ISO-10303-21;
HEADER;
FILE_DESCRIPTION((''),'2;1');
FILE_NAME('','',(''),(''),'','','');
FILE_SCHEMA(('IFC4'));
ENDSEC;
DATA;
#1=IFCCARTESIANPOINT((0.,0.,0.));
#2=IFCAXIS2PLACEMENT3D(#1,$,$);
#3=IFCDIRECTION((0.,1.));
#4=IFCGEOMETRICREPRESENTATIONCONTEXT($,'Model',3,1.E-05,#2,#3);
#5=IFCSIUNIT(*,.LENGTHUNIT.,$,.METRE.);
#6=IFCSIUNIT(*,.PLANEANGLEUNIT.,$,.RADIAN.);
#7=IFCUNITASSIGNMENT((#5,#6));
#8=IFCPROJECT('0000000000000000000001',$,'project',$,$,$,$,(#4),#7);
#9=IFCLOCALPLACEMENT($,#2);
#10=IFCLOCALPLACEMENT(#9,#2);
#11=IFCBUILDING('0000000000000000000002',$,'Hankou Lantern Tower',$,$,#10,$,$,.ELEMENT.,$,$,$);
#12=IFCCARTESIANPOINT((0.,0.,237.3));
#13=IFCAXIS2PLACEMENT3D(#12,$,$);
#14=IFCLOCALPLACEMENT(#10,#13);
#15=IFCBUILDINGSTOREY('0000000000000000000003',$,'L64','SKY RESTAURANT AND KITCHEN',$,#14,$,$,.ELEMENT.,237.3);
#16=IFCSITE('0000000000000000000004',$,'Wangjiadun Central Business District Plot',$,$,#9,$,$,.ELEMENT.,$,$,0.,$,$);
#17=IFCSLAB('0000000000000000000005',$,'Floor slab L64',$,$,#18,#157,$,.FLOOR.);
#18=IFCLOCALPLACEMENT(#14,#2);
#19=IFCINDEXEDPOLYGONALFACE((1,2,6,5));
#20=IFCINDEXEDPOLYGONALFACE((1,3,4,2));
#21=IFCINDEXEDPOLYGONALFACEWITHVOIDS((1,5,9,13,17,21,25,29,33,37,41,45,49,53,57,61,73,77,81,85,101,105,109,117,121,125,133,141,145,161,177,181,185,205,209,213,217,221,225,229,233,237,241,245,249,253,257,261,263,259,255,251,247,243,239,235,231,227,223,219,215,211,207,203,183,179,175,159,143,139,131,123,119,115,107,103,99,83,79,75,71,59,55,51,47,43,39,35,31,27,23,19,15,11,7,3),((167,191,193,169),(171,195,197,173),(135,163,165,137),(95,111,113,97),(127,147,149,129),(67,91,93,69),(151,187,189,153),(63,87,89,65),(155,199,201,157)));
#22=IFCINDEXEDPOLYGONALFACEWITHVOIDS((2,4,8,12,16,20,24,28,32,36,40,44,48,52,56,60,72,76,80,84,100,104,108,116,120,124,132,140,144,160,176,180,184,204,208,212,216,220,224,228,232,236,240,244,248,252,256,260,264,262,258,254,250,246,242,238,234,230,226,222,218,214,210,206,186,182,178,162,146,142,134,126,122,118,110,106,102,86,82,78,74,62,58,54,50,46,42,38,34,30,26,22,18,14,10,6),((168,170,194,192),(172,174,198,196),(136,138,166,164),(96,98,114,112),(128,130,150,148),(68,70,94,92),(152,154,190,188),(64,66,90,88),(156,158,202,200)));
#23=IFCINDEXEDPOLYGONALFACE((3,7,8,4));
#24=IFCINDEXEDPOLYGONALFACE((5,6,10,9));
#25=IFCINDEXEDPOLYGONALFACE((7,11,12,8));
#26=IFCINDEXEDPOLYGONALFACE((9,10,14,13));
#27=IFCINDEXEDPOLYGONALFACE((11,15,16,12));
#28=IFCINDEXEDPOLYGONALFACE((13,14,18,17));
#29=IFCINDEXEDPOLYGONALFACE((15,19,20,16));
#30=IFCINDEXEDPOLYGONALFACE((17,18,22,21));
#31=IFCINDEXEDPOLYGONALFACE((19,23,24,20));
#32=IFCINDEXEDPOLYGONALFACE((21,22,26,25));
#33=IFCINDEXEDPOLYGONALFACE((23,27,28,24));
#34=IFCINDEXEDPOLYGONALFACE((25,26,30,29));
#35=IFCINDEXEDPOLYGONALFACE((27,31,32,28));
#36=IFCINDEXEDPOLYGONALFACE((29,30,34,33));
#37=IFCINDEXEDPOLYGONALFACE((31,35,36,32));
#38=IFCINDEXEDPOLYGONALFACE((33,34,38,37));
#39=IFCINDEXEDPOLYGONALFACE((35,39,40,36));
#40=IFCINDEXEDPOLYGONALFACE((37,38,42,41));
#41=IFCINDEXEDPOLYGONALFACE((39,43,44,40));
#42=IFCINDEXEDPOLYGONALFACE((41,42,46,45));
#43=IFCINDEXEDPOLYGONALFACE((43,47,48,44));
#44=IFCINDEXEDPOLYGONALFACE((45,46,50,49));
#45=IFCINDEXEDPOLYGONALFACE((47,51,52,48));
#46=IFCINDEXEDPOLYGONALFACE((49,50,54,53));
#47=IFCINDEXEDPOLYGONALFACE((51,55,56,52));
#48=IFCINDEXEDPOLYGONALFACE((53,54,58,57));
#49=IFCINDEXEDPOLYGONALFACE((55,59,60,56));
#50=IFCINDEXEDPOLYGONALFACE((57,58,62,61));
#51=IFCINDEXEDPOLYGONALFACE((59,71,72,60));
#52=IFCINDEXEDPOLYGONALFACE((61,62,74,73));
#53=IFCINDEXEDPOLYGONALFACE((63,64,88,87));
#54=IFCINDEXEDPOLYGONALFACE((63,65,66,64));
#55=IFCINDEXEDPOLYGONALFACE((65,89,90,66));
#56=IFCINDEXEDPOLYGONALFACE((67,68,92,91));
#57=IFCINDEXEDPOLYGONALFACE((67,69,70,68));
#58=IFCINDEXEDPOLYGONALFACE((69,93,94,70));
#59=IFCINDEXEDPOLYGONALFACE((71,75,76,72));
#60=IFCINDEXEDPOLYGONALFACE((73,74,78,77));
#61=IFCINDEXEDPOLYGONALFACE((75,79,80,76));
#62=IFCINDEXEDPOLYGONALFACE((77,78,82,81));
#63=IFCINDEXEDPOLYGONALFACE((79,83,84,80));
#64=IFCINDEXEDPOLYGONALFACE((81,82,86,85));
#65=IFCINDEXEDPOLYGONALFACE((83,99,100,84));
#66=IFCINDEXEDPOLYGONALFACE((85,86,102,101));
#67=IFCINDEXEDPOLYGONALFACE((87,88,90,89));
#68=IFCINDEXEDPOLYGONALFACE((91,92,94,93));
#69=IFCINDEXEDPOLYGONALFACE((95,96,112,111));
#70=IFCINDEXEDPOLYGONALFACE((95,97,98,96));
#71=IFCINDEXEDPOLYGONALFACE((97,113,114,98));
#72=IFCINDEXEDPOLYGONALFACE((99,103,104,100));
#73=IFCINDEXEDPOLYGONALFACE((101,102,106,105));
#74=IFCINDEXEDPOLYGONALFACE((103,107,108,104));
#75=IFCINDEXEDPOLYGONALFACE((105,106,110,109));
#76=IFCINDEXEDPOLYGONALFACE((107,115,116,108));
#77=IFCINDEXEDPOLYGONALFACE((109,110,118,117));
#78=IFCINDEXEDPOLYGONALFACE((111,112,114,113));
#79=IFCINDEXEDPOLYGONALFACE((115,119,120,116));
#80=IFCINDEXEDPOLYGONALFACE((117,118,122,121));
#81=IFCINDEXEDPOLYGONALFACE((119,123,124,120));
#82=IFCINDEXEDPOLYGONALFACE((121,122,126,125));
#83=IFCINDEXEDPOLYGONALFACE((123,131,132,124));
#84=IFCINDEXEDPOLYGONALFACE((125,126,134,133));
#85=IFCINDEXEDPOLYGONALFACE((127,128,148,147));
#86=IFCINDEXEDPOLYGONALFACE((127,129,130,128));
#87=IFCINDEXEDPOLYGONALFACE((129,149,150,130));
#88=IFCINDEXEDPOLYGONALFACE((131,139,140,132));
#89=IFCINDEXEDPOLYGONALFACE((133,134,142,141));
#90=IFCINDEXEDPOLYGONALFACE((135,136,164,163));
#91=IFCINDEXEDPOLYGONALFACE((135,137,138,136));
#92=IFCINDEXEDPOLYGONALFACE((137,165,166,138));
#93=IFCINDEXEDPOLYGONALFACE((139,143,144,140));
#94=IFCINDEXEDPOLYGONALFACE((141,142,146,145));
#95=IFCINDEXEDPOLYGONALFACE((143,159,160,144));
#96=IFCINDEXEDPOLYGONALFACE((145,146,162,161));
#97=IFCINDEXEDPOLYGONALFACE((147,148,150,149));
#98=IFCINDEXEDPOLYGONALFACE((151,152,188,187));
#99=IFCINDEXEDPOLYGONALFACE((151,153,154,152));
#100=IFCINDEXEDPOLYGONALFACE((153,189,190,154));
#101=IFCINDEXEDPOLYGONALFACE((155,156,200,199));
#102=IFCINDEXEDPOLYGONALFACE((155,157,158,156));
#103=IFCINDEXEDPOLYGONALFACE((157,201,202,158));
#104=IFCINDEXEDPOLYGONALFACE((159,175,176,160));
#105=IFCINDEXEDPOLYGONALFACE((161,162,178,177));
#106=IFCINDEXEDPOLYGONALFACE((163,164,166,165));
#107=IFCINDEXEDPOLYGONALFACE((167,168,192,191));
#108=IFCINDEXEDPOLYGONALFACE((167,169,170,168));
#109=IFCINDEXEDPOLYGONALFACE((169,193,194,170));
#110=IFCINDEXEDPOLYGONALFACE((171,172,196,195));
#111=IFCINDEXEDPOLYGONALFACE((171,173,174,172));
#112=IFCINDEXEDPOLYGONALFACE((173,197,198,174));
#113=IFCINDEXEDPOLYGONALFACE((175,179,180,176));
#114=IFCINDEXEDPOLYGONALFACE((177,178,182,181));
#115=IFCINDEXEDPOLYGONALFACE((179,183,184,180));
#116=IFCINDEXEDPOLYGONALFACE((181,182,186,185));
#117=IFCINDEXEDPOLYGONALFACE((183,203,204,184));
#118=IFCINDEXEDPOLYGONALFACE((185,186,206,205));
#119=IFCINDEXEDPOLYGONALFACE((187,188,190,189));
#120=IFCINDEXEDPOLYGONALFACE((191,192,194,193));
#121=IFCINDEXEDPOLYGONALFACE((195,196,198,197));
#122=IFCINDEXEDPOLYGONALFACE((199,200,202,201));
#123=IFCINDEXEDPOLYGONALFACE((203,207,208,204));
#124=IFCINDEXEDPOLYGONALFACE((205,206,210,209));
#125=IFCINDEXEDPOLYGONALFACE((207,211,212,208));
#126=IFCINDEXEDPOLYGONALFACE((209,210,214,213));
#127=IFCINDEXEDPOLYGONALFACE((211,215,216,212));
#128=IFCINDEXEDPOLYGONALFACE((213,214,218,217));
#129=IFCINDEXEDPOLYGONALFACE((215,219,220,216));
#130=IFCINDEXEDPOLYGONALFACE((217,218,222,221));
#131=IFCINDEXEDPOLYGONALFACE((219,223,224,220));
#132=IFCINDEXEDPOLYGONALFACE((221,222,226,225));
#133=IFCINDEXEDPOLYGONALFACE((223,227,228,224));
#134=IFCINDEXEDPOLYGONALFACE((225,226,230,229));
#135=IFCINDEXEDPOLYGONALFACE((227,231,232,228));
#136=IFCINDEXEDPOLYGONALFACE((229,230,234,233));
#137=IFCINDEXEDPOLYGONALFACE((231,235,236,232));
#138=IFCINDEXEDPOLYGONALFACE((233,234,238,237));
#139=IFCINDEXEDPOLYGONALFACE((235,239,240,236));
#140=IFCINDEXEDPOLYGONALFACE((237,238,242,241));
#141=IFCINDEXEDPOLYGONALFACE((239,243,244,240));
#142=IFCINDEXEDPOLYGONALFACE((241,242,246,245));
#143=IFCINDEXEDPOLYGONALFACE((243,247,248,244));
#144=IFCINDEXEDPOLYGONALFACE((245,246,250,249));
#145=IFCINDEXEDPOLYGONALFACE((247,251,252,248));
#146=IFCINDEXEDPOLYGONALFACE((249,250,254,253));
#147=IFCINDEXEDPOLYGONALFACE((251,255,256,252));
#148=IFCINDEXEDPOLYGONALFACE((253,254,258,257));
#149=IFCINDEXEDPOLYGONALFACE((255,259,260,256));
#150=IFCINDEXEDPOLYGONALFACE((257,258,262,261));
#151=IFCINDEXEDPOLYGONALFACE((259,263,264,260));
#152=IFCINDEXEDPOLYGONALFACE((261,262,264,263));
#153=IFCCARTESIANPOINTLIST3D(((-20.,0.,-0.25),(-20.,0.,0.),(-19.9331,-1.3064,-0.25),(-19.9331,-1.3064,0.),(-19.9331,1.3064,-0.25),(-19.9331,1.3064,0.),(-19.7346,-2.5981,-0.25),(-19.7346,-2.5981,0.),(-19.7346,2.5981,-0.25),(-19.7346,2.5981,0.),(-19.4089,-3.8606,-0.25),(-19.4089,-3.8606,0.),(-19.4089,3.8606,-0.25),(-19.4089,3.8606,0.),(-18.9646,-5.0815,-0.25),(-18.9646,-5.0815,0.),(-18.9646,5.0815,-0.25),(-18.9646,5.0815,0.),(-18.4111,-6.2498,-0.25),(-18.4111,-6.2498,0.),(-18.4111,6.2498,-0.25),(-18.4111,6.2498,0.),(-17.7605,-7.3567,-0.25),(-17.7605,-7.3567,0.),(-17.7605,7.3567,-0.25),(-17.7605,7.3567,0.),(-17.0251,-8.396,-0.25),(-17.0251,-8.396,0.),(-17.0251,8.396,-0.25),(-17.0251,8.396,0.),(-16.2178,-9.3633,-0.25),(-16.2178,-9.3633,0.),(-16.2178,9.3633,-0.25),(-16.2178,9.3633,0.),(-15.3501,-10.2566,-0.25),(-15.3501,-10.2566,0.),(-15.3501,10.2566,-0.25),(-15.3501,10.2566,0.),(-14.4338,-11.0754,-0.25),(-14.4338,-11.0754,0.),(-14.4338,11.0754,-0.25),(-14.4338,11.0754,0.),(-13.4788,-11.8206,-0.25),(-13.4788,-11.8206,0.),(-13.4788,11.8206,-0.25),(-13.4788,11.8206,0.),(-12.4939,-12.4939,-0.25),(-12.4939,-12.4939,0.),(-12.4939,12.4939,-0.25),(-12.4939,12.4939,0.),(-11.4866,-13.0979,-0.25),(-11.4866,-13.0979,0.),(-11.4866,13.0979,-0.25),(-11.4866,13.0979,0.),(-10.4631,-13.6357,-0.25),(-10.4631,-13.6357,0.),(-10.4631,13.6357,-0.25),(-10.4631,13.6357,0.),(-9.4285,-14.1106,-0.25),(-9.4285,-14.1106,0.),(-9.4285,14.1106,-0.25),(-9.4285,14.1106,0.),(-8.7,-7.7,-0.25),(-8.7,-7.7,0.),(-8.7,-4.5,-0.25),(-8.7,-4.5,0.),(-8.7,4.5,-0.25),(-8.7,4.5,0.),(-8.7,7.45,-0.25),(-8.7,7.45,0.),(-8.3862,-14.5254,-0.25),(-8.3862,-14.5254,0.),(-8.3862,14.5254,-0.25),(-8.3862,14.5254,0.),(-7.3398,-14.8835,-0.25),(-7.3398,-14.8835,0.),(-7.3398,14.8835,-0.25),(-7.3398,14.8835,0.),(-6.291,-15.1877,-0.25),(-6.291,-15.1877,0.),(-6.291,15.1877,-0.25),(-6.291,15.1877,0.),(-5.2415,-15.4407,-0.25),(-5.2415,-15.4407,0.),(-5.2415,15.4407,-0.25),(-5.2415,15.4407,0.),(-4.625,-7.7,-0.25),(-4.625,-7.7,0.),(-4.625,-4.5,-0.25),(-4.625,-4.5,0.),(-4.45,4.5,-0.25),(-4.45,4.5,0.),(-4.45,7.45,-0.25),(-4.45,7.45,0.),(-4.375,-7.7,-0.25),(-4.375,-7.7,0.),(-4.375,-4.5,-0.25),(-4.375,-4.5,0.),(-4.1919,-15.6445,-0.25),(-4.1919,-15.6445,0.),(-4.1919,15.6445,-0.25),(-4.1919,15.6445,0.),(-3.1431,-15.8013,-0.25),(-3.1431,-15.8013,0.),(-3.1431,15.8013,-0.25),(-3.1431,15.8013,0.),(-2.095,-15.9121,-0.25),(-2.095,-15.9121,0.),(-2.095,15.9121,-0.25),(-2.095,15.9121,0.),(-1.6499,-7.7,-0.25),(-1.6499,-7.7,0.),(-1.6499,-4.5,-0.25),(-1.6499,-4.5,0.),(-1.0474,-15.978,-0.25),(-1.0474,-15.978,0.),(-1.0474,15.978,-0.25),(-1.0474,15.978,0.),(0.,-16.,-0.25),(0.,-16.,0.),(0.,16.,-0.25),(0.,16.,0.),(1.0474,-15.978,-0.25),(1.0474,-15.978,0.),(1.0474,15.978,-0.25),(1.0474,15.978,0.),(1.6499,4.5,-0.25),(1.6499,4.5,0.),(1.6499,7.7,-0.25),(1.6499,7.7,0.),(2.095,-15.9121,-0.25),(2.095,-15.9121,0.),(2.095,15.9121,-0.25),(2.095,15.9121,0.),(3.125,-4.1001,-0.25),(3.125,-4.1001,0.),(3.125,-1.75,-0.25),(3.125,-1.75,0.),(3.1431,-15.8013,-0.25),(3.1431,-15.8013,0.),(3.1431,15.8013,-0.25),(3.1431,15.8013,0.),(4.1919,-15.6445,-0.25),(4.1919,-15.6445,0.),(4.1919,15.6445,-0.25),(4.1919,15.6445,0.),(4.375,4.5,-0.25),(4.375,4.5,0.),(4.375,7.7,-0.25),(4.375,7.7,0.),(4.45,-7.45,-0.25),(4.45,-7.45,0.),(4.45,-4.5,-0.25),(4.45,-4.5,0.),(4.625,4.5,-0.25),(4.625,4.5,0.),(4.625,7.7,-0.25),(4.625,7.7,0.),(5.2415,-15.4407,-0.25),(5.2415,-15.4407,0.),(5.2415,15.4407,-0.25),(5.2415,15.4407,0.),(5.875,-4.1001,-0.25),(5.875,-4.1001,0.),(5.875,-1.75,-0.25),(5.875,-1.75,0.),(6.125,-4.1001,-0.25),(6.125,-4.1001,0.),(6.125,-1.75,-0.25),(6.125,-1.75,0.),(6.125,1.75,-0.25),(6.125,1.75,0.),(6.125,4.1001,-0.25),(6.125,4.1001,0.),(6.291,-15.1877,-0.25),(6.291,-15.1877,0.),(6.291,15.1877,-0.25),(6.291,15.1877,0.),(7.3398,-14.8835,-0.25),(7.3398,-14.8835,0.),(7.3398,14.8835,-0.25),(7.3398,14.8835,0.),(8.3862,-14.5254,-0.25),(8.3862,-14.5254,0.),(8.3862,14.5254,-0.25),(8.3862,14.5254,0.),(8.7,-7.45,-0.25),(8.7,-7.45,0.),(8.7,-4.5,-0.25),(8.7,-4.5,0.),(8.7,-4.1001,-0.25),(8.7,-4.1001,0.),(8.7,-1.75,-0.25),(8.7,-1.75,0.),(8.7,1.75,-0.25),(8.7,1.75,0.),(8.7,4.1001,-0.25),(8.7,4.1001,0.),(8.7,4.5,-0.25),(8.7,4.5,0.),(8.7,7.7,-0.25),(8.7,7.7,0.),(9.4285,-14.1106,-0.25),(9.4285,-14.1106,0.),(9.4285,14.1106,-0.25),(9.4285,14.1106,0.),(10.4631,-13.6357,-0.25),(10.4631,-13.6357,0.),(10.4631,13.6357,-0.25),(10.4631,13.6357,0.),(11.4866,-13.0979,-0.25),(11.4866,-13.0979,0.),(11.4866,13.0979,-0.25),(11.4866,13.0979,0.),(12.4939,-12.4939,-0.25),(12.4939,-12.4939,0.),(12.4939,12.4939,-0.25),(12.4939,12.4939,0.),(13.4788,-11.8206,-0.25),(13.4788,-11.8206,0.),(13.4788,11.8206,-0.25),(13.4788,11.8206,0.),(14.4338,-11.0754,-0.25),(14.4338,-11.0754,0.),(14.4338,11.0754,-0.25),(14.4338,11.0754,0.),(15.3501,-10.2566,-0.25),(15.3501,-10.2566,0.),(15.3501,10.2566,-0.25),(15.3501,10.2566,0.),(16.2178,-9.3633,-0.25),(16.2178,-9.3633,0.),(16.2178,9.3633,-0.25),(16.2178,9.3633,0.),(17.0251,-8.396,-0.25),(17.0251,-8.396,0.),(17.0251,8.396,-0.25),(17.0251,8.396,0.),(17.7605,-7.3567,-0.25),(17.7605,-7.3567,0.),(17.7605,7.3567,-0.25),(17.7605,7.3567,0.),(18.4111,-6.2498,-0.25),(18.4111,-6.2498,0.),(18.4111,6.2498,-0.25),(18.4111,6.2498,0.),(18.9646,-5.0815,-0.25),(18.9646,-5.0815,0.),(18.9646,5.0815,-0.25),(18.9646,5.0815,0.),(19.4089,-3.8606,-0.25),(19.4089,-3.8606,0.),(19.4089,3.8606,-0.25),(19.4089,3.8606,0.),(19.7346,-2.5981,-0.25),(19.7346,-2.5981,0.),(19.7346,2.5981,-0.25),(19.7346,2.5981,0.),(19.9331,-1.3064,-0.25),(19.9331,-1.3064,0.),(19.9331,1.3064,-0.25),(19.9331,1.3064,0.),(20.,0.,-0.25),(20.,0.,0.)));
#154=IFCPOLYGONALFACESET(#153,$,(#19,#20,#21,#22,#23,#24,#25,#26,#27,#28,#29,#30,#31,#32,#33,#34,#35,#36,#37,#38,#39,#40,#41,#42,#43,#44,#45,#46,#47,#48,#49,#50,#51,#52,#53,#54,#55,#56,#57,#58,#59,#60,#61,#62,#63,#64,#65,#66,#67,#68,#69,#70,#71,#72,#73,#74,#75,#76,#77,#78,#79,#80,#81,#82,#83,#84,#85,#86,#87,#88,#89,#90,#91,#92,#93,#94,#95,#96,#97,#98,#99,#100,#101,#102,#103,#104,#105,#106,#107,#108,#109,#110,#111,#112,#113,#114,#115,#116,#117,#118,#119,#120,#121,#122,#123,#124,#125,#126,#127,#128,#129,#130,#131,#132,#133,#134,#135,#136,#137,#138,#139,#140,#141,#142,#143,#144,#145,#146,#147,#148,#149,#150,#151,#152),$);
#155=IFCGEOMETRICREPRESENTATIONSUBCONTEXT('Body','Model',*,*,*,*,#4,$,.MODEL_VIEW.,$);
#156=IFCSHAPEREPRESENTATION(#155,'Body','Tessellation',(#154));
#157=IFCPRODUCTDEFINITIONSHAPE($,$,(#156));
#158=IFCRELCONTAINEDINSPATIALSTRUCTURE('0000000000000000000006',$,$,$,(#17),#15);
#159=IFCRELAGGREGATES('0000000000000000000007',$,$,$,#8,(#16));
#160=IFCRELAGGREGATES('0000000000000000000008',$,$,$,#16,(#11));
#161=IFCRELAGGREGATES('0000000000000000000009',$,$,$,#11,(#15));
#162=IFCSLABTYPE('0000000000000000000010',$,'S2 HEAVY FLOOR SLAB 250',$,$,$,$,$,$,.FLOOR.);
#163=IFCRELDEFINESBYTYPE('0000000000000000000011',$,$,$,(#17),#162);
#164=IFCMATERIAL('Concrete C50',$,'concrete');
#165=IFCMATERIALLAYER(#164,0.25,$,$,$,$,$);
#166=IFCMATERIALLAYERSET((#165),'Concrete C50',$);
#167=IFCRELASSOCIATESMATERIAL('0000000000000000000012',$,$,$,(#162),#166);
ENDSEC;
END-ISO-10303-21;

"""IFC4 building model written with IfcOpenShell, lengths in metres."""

from ifc_helpers import new_model, si_unit, direction, frame, origin, place, context, subcontext, project, spatial, polyline, outline, extrude, material, layer, layer_set, type_object, element, save


model = new_model("IFC4")

# Units and contexts
model_context = context("Model", 3, precision=1e-05, world=origin(), true_north=direction((0.0, 1.0)))
body_context = subcontext(model_context, "Body", "Model", "MODEL_VIEW")
ifc_project = project(units=[si_unit("LENGTHUNIT", "METRE"), si_unit("PLANEANGLEUNIT", "RADIAN")], contexts=[model_context])

# Site, building, storey
site_placement = place(None, origin())
site = spatial("IfcSite", under=ifc_project, at=site_placement, Name="Wangjiadun Central Business District Plot", CompositionType="ELEMENT", RefElevation=0.0)
building_placement = place(site_placement, origin())
building = spatial("IfcBuilding", under=site, at=building_placement, Name="Hankou Lantern Tower", CompositionType="ELEMENT")
storey_placement = place(building_placement, frame((0.0, 0.0, 237.3)))
storey = spatial("IfcBuildingStorey", under=building, at=storey_placement, Name="L64", Description="SKY RESTAURANT AND KITCHEN", CompositionType="ELEMENT", Elevation=237.3)

# Slab
ifc_material_1 = material(Name="Concrete C50", Category="concrete")
ifc_layer_1 = layer(ifc_material_1, 0.25)
ifc_layer_set_1 = layer_set([ifc_layer_1], Name="Concrete C50")
slab_type = type_object("IfcSlabType", Name="S2 HEAVY FLOOR SLAB 250", PredefinedType="FLOOR", material=ifc_layer_set_1)
slab_placement = place(storey_placement, frame((0.0, 0.0, -0.25)))
element("IfcSlab", 1, at=slab_placement, inside=storey, type_object=slab_type, Name="Floor slab L64", PredefinedType="FLOOR", context=body_context, shape_type="SweptSolid", body=[
    extrude(outline(polyline([(20.0, 0.0), (19.9331, 1.3064), (19.7346, 2.5981), (19.4089, 3.8606), (18.9646, 5.0815), (18.4111, 6.2498), (17.7605, 7.3567), (17.0251, 8.396), (16.2178, 9.3633), (15.3501, 10.2566), (14.4338, 11.0754), (13.4788, 11.8206), (12.4939, 12.4939), (11.4866, 13.0979), (10.4631, 13.6357), (9.4285, 14.1106), (8.3862, 14.5254), (7.3398, 14.8835), (6.291, 15.1877), (5.2415, 15.4407), (4.1919, 15.6445), (3.1431, 15.8013), (2.095, 15.9121), (1.0474, 15.978), (0.0, 16.0), (-1.0474, 15.978), (-2.095, 15.9121), (-3.1431, 15.8013), (-4.1919, 15.6445), (-5.2415, 15.4407), (-6.291, 15.1877), (-7.3398, 14.8835), (-8.3862, 14.5254), (-9.4285, 14.1106), (-10.4631, 13.6357), (-11.4866, 13.0979), (-12.4939, 12.4939), (-13.4788, 11.8206), (-14.4338, 11.0754), (-15.3501, 10.2566), (-16.2178, 9.3633), (-17.0251, 8.396), (-17.7605, 7.3567), (-18.4111, 6.2498), (-18.9646, 5.0815), (-19.4089, 3.8606), (-19.7346, 2.5981), (-19.9331, 1.3064), (-20.0, 0.0), (-19.9331, -1.3064), (-19.7346, -2.5981), (-19.4089, -3.8606), (-18.9646, -5.0815), (-18.4111, -6.2498), (-17.7605, -7.3567), (-17.0251, -8.396), (-16.2178, -9.3633), (-15.3501, -10.2566), (-14.4338, -11.0754), (-13.4788, -11.8206), (-12.4939, -12.4939), (-11.4866, -13.0979), (-10.4631, -13.6357), (-9.4285, -14.1106), (-8.3862, -14.5254), (-7.3398, -14.8835), (-6.291, -15.1877), (-5.2415, -15.4407), (-4.1919, -15.6445), (-3.1431, -15.8013), (-2.095, -15.9121), (-1.0474, -15.978), (0.0, -16.0), (1.0474, -15.978), (2.095, -15.9121), (3.1431, -15.8013), (4.1919, -15.6445), (5.2415, -15.4407), (6.291, -15.1877), (7.3398, -14.8835), (8.3862, -14.5254), (9.4285, -14.1106), (10.4631, -13.6357), (11.4866, -13.0979), (12.4939, -12.4939), (13.4788, -11.8206), (14.4338, -11.0754), (15.3501, -10.2566), (16.2178, -9.3633), (17.0251, -8.396), (17.7605, -7.3567), (18.4111, -6.2498), (18.9646, -5.0815), (19.4089, -3.8606), (19.7346, -2.5981), (19.9331, -1.3064), (20.0, 0.0)]), holes=[polyline([(6.125, 4.1001), (8.7, 4.1001), (8.7, 1.75), (6.125, 1.75), (6.125, 4.1001)]), polyline([(3.125, -1.75), (5.875, -1.75), (5.875, -4.1001), (3.125, -4.1001), (3.125, -1.75)]), polyline([(6.125, -1.75), (8.7, -1.75), (8.7, -4.1001), (6.125, -4.1001), (6.125, -1.75)]), polyline([(1.6499, 7.7), (4.375, 7.7), (4.375, 4.5), (1.6499, 4.5), (1.6499, 7.7)]), polyline([(-4.375, -4.5), (-1.6499, -4.5), (-1.6499, -7.7), (-4.375, -7.7), (-4.375, -4.5)]), polyline([(-8.7, 7.45), (-4.45, 7.45), (-4.45, 4.5), (-8.7, 4.5), (-8.7, 7.45)]), polyline([(4.45, -4.5), (8.7, -4.5), (8.7, -7.45), (4.45, -7.45), (4.45, -4.5)]), polyline([(4.625, 7.7), (8.7, 7.7), (8.7, 4.5), (4.625, 4.5), (4.625, 7.7)]), polyline([(-8.7, -4.5), (-4.625, -4.5), (-4.625, -7.7), (-8.7, -7.7), (-8.7, -4.5)])]), origin(), (0.0, 0.0, 1.0), 0.25),
])

save(model, "model.ifc")
